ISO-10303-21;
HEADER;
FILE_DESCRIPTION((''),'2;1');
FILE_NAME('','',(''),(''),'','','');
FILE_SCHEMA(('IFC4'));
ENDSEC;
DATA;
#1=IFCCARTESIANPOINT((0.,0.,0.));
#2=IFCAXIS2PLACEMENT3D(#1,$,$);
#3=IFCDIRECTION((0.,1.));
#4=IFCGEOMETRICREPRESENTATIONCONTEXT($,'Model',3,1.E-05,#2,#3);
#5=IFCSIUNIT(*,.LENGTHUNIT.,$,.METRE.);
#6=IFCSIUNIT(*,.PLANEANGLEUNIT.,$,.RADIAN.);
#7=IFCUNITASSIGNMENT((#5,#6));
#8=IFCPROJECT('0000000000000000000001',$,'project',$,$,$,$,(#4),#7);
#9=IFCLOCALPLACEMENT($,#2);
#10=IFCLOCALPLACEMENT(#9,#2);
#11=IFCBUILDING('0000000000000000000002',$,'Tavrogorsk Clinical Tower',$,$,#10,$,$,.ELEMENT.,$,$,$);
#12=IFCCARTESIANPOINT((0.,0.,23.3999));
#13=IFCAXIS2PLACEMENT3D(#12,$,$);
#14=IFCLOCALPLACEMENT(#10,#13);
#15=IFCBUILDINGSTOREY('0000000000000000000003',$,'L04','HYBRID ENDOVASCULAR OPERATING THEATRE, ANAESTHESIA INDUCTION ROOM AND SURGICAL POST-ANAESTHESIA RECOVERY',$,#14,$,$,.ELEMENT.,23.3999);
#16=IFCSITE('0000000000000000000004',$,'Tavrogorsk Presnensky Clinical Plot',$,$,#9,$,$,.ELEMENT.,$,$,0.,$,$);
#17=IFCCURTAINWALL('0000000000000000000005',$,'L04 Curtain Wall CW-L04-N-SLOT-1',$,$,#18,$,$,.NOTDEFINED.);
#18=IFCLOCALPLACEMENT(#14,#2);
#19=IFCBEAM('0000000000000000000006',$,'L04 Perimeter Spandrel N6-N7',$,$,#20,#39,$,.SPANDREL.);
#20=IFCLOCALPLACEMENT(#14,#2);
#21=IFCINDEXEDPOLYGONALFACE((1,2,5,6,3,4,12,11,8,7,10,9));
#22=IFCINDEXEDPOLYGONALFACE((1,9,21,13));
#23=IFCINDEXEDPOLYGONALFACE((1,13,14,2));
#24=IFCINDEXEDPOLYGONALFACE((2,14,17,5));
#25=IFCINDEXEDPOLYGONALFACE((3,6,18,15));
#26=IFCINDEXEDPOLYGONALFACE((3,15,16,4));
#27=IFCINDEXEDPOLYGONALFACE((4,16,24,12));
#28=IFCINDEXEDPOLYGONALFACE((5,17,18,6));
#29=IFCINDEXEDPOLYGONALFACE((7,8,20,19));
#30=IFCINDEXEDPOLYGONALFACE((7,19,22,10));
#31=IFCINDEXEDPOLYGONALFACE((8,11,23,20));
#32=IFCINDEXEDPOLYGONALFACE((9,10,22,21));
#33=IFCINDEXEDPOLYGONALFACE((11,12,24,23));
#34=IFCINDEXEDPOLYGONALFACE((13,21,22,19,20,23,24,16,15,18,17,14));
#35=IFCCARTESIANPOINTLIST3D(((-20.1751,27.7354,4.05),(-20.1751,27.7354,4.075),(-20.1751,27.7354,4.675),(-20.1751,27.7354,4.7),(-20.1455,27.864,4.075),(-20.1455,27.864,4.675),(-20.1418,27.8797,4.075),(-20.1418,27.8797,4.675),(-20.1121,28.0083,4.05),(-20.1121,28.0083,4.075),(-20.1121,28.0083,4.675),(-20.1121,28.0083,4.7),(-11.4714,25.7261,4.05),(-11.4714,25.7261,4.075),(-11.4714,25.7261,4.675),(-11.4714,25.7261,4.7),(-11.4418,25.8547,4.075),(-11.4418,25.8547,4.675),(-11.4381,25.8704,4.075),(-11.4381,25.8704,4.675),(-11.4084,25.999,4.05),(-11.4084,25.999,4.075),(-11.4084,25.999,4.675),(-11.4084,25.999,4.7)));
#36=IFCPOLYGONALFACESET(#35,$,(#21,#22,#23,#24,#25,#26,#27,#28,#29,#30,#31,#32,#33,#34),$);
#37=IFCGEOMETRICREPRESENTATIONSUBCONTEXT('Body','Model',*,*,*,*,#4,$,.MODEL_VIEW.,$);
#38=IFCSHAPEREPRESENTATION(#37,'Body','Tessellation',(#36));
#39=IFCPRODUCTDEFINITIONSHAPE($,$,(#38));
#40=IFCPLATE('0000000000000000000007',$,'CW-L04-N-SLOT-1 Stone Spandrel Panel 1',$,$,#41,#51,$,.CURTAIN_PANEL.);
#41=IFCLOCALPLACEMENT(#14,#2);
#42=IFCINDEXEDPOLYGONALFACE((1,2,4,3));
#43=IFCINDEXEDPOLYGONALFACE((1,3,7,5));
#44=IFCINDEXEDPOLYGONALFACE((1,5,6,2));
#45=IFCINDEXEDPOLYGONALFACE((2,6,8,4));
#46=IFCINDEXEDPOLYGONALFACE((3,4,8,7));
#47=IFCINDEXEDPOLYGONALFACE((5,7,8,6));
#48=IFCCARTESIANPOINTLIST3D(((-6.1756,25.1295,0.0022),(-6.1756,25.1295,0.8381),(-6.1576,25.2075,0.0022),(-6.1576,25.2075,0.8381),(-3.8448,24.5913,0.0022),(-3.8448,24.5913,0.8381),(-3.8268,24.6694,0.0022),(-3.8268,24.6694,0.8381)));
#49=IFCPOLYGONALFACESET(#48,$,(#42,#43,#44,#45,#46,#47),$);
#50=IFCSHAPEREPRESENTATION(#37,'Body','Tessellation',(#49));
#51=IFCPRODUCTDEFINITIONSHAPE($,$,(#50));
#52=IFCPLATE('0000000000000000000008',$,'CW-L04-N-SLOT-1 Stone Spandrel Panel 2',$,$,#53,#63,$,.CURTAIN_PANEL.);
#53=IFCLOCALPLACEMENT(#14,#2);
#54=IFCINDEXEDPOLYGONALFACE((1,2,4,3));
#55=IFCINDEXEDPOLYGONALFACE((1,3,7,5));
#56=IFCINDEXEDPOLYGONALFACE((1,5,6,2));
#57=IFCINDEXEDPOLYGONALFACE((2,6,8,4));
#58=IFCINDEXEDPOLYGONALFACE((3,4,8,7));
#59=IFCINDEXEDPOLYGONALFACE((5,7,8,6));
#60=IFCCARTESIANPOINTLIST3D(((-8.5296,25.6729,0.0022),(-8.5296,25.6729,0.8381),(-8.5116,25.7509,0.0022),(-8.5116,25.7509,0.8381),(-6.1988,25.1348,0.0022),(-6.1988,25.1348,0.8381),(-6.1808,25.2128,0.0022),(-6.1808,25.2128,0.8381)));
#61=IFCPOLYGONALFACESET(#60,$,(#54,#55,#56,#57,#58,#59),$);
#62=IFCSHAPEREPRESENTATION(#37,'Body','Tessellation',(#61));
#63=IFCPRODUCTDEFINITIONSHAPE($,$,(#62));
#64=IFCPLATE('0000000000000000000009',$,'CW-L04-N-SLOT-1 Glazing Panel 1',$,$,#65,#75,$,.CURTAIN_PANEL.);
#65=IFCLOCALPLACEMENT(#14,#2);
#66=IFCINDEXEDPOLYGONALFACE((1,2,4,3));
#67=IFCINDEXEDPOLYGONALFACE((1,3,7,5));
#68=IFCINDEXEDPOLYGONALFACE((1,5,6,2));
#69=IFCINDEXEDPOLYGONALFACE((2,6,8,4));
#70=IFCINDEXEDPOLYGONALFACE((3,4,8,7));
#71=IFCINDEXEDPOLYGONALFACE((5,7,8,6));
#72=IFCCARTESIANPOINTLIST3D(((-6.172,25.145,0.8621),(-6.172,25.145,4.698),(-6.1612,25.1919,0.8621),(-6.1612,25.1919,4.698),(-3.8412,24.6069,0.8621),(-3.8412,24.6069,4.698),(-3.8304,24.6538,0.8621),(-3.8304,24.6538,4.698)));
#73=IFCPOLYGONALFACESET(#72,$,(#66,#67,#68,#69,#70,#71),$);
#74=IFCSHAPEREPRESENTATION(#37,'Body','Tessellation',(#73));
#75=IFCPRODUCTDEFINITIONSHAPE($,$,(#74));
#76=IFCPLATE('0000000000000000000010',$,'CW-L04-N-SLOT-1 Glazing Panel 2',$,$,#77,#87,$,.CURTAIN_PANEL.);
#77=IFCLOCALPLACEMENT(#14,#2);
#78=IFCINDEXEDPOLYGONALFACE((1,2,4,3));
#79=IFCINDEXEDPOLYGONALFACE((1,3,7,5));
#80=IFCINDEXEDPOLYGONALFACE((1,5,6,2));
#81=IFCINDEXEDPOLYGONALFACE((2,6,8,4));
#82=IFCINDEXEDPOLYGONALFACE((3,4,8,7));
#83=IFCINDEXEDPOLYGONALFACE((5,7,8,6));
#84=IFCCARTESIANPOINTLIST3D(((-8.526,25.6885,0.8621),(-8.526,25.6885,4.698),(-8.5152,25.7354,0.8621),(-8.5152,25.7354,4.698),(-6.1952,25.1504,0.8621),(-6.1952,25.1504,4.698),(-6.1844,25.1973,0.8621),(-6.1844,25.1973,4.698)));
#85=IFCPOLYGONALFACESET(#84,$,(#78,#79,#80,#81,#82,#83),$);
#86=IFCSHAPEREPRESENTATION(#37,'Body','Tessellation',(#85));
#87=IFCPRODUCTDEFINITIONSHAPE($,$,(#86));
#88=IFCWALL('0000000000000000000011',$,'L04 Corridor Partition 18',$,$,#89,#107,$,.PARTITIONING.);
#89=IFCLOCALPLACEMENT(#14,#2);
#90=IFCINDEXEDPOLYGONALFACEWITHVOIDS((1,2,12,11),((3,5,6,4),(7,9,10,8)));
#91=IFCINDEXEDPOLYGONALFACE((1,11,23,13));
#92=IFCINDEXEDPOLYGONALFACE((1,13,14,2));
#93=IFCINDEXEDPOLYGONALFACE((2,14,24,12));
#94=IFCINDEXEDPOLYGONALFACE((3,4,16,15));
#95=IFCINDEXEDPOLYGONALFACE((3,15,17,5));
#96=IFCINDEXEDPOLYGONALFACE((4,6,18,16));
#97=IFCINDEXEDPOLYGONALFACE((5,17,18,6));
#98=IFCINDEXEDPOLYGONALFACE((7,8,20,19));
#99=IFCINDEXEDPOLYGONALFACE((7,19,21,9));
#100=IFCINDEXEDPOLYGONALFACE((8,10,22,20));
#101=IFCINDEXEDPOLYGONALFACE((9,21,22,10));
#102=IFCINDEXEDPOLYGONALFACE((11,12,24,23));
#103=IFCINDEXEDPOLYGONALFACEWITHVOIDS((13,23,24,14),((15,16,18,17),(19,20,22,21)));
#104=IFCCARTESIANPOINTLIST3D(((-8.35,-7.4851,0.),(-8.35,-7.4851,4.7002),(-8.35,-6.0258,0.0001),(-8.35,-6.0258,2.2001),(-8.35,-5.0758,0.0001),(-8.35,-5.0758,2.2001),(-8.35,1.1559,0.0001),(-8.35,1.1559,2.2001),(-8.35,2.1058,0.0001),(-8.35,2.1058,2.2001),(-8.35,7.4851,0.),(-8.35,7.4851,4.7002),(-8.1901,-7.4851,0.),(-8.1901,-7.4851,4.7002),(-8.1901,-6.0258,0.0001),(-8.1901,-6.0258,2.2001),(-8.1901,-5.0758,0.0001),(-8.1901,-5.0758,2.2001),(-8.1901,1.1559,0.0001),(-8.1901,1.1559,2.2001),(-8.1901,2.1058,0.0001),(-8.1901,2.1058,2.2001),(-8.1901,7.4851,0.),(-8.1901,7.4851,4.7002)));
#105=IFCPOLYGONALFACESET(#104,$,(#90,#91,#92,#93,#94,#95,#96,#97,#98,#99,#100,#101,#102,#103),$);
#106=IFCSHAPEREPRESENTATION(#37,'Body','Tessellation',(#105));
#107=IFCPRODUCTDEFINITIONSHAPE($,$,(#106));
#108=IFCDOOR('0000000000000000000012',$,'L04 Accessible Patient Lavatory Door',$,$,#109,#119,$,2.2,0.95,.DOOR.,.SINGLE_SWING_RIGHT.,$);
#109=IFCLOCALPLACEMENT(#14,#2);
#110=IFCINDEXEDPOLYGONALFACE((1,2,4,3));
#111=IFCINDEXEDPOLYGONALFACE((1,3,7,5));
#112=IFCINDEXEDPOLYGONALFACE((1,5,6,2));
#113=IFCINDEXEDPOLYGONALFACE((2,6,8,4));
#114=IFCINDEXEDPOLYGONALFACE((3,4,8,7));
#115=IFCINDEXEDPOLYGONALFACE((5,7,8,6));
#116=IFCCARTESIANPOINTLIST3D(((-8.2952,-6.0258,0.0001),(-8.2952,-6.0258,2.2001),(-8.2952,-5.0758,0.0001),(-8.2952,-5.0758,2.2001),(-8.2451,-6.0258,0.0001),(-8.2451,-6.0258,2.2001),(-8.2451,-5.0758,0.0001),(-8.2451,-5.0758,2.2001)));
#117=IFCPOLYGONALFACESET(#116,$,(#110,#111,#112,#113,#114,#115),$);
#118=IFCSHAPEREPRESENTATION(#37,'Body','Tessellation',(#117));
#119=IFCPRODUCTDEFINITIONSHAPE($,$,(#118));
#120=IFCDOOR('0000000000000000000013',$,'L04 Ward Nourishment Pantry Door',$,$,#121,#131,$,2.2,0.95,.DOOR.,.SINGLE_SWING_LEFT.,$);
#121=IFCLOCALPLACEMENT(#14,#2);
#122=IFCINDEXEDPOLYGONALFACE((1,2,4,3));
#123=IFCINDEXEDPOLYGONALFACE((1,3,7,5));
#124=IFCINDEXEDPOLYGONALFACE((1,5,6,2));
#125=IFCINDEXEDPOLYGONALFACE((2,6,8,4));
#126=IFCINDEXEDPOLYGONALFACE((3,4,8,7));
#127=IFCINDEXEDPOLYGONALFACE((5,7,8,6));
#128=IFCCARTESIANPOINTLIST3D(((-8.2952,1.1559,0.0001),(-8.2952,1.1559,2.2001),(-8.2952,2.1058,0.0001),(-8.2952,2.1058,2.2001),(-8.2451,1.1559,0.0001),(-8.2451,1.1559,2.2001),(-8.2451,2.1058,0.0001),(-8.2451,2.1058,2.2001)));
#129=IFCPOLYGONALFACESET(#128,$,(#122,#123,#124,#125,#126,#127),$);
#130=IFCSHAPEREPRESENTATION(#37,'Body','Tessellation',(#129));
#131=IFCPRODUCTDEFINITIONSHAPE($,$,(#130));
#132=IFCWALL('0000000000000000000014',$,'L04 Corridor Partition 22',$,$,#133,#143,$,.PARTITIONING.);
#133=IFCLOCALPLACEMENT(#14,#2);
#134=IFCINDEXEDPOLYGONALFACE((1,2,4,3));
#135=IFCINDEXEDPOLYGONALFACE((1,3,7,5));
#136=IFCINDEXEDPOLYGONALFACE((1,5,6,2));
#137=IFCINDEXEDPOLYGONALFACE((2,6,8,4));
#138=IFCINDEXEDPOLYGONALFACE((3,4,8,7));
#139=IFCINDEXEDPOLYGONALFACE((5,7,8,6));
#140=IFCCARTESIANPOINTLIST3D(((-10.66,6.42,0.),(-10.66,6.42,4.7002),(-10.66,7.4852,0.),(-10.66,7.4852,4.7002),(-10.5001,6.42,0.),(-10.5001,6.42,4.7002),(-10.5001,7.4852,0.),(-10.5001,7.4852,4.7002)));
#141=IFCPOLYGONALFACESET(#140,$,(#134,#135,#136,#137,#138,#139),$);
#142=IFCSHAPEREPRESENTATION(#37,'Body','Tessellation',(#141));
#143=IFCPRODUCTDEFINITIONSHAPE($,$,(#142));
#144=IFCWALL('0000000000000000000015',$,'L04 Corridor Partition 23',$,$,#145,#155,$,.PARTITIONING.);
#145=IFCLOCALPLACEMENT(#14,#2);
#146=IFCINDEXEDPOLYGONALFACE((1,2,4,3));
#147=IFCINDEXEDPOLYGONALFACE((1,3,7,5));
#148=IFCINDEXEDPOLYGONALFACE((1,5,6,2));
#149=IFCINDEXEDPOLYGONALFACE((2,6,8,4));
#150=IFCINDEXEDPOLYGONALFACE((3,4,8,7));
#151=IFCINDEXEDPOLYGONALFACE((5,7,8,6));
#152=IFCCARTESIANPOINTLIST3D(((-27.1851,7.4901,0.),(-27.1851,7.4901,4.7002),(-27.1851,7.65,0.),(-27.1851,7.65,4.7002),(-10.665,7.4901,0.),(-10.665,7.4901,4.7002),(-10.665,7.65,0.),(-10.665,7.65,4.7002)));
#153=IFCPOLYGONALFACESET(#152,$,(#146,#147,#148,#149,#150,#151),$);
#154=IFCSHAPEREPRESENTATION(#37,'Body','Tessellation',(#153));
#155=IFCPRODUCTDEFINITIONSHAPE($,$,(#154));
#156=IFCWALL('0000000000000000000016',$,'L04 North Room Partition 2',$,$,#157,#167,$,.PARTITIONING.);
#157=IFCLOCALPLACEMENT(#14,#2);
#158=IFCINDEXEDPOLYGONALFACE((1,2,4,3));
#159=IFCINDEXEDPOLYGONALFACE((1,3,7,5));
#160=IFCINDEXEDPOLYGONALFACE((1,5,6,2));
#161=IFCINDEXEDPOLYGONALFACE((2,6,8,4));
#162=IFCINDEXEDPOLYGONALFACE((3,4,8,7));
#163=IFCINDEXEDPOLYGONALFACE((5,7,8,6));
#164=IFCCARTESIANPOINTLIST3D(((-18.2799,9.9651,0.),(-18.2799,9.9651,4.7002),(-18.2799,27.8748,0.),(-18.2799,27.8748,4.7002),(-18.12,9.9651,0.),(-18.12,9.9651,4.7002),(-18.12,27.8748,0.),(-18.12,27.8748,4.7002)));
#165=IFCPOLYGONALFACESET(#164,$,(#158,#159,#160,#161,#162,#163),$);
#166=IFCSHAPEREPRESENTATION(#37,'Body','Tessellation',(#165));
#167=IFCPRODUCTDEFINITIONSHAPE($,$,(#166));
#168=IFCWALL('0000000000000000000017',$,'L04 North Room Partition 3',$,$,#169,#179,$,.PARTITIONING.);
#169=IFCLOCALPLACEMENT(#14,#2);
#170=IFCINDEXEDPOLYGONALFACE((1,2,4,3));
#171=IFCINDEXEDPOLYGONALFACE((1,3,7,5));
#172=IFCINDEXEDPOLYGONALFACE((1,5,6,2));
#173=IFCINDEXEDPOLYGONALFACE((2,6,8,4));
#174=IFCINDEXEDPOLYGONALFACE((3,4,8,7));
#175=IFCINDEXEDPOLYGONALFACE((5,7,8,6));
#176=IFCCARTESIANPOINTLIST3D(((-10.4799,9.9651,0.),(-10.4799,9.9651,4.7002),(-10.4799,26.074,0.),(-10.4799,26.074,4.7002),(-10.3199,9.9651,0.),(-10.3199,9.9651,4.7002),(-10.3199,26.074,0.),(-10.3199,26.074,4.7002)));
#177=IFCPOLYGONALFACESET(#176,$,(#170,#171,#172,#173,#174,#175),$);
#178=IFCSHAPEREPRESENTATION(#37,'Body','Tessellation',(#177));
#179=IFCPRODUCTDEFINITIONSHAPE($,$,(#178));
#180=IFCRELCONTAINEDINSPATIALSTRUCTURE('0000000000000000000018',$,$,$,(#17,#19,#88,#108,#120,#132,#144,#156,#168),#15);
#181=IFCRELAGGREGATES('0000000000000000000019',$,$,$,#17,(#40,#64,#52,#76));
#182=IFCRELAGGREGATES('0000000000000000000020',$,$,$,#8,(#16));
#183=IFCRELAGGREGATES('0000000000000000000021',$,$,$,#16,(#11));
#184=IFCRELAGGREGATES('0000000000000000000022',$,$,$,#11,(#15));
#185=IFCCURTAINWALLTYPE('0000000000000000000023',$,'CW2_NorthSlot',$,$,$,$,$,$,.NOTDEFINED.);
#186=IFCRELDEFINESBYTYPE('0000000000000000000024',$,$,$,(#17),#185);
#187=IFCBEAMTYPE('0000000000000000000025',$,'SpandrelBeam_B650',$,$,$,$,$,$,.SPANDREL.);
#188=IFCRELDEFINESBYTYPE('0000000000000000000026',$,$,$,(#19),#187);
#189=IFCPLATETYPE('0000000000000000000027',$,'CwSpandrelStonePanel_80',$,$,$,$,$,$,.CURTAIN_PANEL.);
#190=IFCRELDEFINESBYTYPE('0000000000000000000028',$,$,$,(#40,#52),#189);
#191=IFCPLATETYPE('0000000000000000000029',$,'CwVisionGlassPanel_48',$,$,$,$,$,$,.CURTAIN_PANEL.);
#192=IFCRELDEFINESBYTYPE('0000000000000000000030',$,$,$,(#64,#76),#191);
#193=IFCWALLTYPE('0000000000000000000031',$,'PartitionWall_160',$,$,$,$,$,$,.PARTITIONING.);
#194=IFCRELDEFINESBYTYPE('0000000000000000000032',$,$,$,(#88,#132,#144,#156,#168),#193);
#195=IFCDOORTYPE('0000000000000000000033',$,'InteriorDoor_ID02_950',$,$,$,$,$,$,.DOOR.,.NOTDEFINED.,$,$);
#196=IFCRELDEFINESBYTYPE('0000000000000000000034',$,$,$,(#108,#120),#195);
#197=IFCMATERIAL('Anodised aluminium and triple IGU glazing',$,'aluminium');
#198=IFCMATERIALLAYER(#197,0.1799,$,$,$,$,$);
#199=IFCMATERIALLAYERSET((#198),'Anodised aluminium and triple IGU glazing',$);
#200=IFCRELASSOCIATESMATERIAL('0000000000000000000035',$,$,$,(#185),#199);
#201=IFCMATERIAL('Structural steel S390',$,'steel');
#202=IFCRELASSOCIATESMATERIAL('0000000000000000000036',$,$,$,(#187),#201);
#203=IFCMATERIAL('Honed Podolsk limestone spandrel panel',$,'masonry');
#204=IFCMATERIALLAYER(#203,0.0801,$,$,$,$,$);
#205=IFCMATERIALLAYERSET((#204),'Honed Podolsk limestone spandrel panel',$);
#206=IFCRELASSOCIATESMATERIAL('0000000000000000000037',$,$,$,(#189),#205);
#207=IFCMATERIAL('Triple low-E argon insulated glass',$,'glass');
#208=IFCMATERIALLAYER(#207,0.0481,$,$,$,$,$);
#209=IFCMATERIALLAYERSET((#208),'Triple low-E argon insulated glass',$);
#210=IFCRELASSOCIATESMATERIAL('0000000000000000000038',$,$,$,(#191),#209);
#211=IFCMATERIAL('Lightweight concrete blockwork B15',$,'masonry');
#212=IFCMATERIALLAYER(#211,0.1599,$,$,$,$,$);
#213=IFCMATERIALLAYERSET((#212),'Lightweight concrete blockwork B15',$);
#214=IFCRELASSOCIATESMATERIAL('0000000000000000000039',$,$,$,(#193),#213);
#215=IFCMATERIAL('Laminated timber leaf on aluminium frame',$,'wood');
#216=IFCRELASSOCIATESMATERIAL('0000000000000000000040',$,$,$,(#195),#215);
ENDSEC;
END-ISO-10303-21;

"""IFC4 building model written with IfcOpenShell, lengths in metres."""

from ifc_helpers import new_model, si_unit, direction, frame, frame_2d, origin, origin_2d, place, context, subcontext, project, spatial, rectangle, i_section, extrude, material, layer, layer_set, material_profile, profile_set, type_object, element, fill, aggregate, save


model = new_model("IFC4")

# Units and contexts
model_context = context("Model", 3, precision=1e-05, world=origin(), true_north=direction((0.0, 1.0)))
body_context = subcontext(model_context, "Body", "Model", "MODEL_VIEW")
ifc_project = project(units=[si_unit("LENGTHUNIT", "METRE"), si_unit("PLANEANGLEUNIT", "RADIAN")], contexts=[model_context])

# Site, building, storey
site_placement = place(None, origin())
site = spatial("IfcSite", under=ifc_project, at=site_placement, Name="Tavrogorsk Presnensky Clinical Plot", CompositionType="ELEMENT", RefElevation=0.0)
building_placement = place(site_placement, origin())
building = spatial("IfcBuilding", under=site, at=building_placement, Name="Tavrogorsk Clinical Tower", CompositionType="ELEMENT")
storey_placement = place(building_placement, frame((0.0, 0.0, 23.3999)))
storey = spatial("IfcBuildingStorey", under=building, at=storey_placement, Name="L04", Description="HYBRID ENDOVASCULAR OPERATING THEATRE, ANAESTHESIA INDUCTION ROOM AND SURGICAL POST-ANAESTHESIA RECOVERY", CompositionType="ELEMENT", Elevation=23.3999)

# Curtain wall
ifc_material_1 = material(Name="Anodised aluminium and triple IGU glazing", Category="aluminium")
ifc_layer_1 = layer(ifc_material_1, 0.1799)
ifc_layer_set_1 = layer_set([ifc_layer_1], Name="Anodised aluminium and triple IGU glazing")
curtain_wall_type = type_object("IfcCurtainWallType", Name="CW2_NorthSlot", PredefinedType="NOTDEFINED", material=ifc_layer_set_1)
curtain_wall_placement = place(storey_placement, origin())
curtain_wall = element("IfcCurtainWall", 1, at=curtain_wall_placement, inside=storey, type_object=curtain_wall_type, Name="L04 Curtain Wall CW-L04-N-SLOT-1", PredefinedType="NOTDEFINED")

# Beam
ifc_material_2 = material(Name="Structural steel S390", Category="steel")
ifc_material_profile_1 = material_profile(ifc_material_2, i_section(OverallWidth=0.28, OverallDepth=0.6499, WebThickness=0.0161, FlangeThickness=0.0249, at=origin_2d()), Name="B-650x280x16x25")
ifc_profile_set_1 = profile_set([ifc_material_profile_1], Name="Structural steel S390")
beam_type_1 = type_object("IfcBeamType", Name="SpandrelBeam_B650", PredefinedType="SPANDREL", material=ifc_profile_set_1)
beam_1_placement = place(storey_placement, frame((-11.4399, 25.8625, 4.375), z_axis=(-0.974373, 0.224939, 0.0), x_axis=(-0.224939, -0.974373, 0.0)))
element("IfcBeam", 2, at=beam_1_placement, inside=storey, type_object=beam_type_1, Name="L04 Perimeter Spandrel N6-N7", PredefinedType="SPANDREL", context=body_context, shape_type="SweptSolid", body=[
    extrude(i_section(OverallWidth=0.28, OverallDepth=0.6499, WebThickness=0.0161, FlangeThickness=0.0249, at=origin_2d()), origin(), (0.0, 0.0, 1.0), 8.9326),
])

# Plates
ifc_material_3 = material(Name="Honed Podolsk limestone spandrel panel", Category="masonry")
ifc_layer_2 = layer(ifc_material_3, 0.0801)
ifc_layer_set_2 = layer_set([ifc_layer_2], Name="Honed Podolsk limestone spandrel panel")
plate_type_1 = type_object("IfcPlateType", Name="CwSpandrelStonePanel_80", PredefinedType="CURTAIN_PANEL", material=ifc_layer_set_2)
plate_1_placement = place(storey_placement, frame((-5.0012, 24.8994, 0.0022), z_axis=(0.0, 0.0, 1.0), x_axis=(-0.97437, 0.224951, 0.0)))
plate_1 = element("IfcPlate", 3, at=plate_1_placement, type_object=plate_type_1, Name="CW-L04-N-SLOT-1 Stone Spandrel Panel 1", PredefinedType="CURTAIN_PANEL", context=body_context, shape_type="SweptSolid", body=[
    extrude(rectangle(XDim=2.3921, YDim=0.0801, at=origin_2d()), origin(), (0.0, 0.0, 1.0), 0.8359),
])
plate_2_placement = place(storey_placement, frame((-7.3552, 25.4429, 0.0022), z_axis=(0.0, 0.0, 1.0), x_axis=(-0.97437, 0.224951, 0.0)))
plate_2 = element("IfcPlate", 4, at=plate_2_placement, type_object=plate_type_1, Name="CW-L04-N-SLOT-1 Stone Spandrel Panel 2", PredefinedType="CURTAIN_PANEL", context=body_context, shape_type="SweptSolid", body=[
    extrude(rectangle(XDim=2.3921, YDim=0.0801, at=origin_2d()), origin(), (0.0, 0.0, 1.0), 0.8359),
])
ifc_material_4 = material(Name="Triple low-E argon insulated glass", Category="glass")
ifc_layer_3 = layer(ifc_material_4, 0.0481)
ifc_layer_set_3 = layer_set([ifc_layer_3], Name="Triple low-E argon insulated glass")
plate_type_2 = type_object("IfcPlateType", Name="CwVisionGlassPanel_48", PredefinedType="CURTAIN_PANEL", material=ifc_layer_set_3)
plate_3_placement = place(storey_placement, frame((-5.0012, 24.8994, 0.8621), z_axis=(0.0, 0.0, 1.0), x_axis=(-0.97437, 0.224951, 0.0)))
plate_3 = element("IfcPlate", 5, at=plate_3_placement, type_object=plate_type_2, Name="CW-L04-N-SLOT-1 Glazing Panel 1", PredefinedType="CURTAIN_PANEL", context=body_context, shape_type="SweptSolid", body=[
    extrude(rectangle(XDim=2.3921, YDim=0.0481, at=origin_2d()), origin(), (0.0, 0.0, 1.0), 3.8359),
])
plate_4_placement = place(storey_placement, frame((-7.3552, 25.4429, 0.8621), z_axis=(0.0, 0.0, 1.0), x_axis=(-0.97437, 0.224951, 0.0)))
plate_4 = element("IfcPlate", 6, at=plate_4_placement, type_object=plate_type_2, Name="CW-L04-N-SLOT-1 Glazing Panel 2", PredefinedType="CURTAIN_PANEL", context=body_context, shape_type="SweptSolid", body=[
    extrude(rectangle(XDim=2.3921, YDim=0.0481, at=origin_2d()), origin(), (0.0, 0.0, 1.0), 3.8359),
])
aggregate(curtain_wall, [plate_1, plate_3, plate_2, plate_4])

# Wall, openings, doors
ifc_material_5 = material(Name="Lightweight concrete blockwork B15", Category="masonry")
ifc_layer_4 = layer(ifc_material_5, 0.1599)
ifc_layer_set_4 = layer_set([ifc_layer_4], Name="Lightweight concrete blockwork B15")
wall_type_1 = type_object("IfcWallType", Name="PartitionWall_160", PredefinedType="PARTITIONING", material=ifc_layer_set_4)
wall_1_placement = place(storey_placement, frame((-8.27, 7.4851, 0.0), z_axis=(0.0, 0.0, 1.0), x_axis=(0.0, -1.0, 0.0)))
wall_1 = element("IfcWall", 7, at=wall_1_placement, inside=storey, type_object=wall_type_1, Name="L04 Corridor Partition 18", PredefinedType="PARTITIONING", context=body_context, shape_type="SweptSolid", body=[
    extrude(rectangle(XDim=14.9702, YDim=0.1599, at=frame_2d((7.4851, 0.0))), origin(), (0.0, 0.0, 1.0), 4.7002),
])
opening_1_placement = place(wall_1_placement, frame((12.5608, 0.0, 0.0)))
opening_1 = element("IfcOpeningElement", 8, at=opening_1_placement, cuts=wall_1, PredefinedType="OPENING", context=body_context, shape_type="SweptSolid", body=[
    extrude(rectangle(XDim=0.95, YDim=2.2, at=frame_2d((0.4751, 1.1001))), frame((0.0, 0.0898, 0.0), z_axis=(0.0, -1.0, 0.0), x_axis=(1.0, 0.0, 0.0)), (0.0, 0.0, 1.0), 0.1799),
])
opening_2_placement = place(wall_1_placement, frame((5.3792, 0.0, 0.0)))
opening_2 = element("IfcOpeningElement", 9, at=opening_2_placement, cuts=wall_1, PredefinedType="OPENING", context=body_context, shape_type="SweptSolid", body=[
    extrude(rectangle(XDim=0.95, YDim=2.2, at=frame_2d((0.4751, 1.1001))), frame((0.0, 0.0898, 0.0), z_axis=(0.0, -1.0, 0.0), x_axis=(1.0, 0.0, 0.0)), (0.0, 0.0, 1.0), 0.1799),
])
ifc_material_6 = material(Name="Laminated timber leaf on aluminium frame", Category="wood")
door_type = type_object("IfcDoorType", Name="InteriorDoor_ID02_950", OperationType="NOTDEFINED", PredefinedType="DOOR", material=ifc_material_6)
door_1_placement = place(opening_1_placement, origin())
door_1 = element("IfcDoor", 10, at=door_1_placement, inside=storey, type_object=door_type, Name="L04 Accessible Patient Lavatory Door", OperationType="SINGLE_SWING_RIGHT", OverallHeight=2.2, OverallWidth=0.95, PredefinedType="DOOR", context=body_context, shape_type="SweptSolid", body=[
    extrude(rectangle(XDim=0.95, YDim=2.2, at=frame_2d((0.4751, 1.1001))), frame((0.0, 0.0249, 0.0), z_axis=(0.0, -1.0, 0.0), x_axis=(1.0, 0.0, 0.0)), (0.0, 0.0, 1.0), 0.05),
])
fill(opening_1, door_1)
door_2_placement = place(opening_2_placement, origin())
door_2 = element("IfcDoor", 11, at=door_2_placement, inside=storey, type_object=door_type, Name="L04 Ward Nourishment Pantry Door", OperationType="SINGLE_SWING_LEFT", OverallHeight=2.2, OverallWidth=0.95, PredefinedType="DOOR", context=body_context, shape_type="SweptSolid", body=[
    extrude(rectangle(XDim=0.95, YDim=2.2, at=frame_2d((0.4751, 1.1001))), frame((0.0, 0.0249, 0.0), z_axis=(0.0, -1.0, 0.0), x_axis=(1.0, 0.0, 0.0)), (0.0, 0.0, 1.0), 0.05),
])
fill(opening_2, door_2)

# Walls
wall_2_placement = place(storey_placement, frame((-10.5801, 6.4199, 0.0), z_axis=(0.0, 0.0, 1.0), x_axis=(0.0, 1.0, 0.0)))
element("IfcWall", 12, at=wall_2_placement, inside=storey, type_object=wall_type_1, Name="L04 Corridor Partition 22", PredefinedType="PARTITIONING", context=body_context, shape_type="SweptSolid", body=[
    extrude(rectangle(XDim=1.0652, YDim=0.1599, at=frame_2d((0.5327, 0.0))), origin(), (0.0, 0.0, 1.0), 4.7002),
])
wall_3_placement = place(storey_placement, frame((-10.665, 7.5701, 0.0), z_axis=(0.0, 0.0, 1.0), x_axis=(-1.0, 0.0, 0.0)))
element("IfcWall", 13, at=wall_3_placement, inside=storey, type_object=wall_type_1, Name="L04 Corridor Partition 23", PredefinedType="PARTITIONING", context=body_context, shape_type="SweptSolid", body=[
    extrude(rectangle(XDim=16.52, YDim=0.1599, at=frame_2d((8.26, 0.0))), origin(), (0.0, 0.0, 1.0), 4.7002),
])
wall_4_placement = place(storey_placement, frame((-18.2, 9.9651, 0.0), z_axis=(0.0, 0.0, 1.0), x_axis=(0.0, 1.0, 0.0)))
element("IfcWall", 14, at=wall_4_placement, inside=storey, type_object=wall_type_1, Name="L04 North Room Partition 2", PredefinedType="PARTITIONING", context=body_context, shape_type="SweptSolid", body=[
    extrude(rectangle(XDim=17.9097, YDim=0.1599, at=frame_2d((8.9548, 0.0))), origin(), (0.0, 0.0, 1.0), 4.7002),
])
wall_5_placement = place(storey_placement, frame((-10.3999, 9.9651, 0.0), z_axis=(0.0, 0.0, 1.0), x_axis=(0.0, 1.0, 0.0)))
element("IfcWall", 15, at=wall_5_placement, inside=storey, type_object=wall_type_1, Name="L04 North Room Partition 3", PredefinedType="PARTITIONING", context=body_context, shape_type="SweptSolid", body=[
    extrude(rectangle(XDim=16.1089, YDim=0.1599, at=frame_2d((8.0544, 0.0))), origin(), (0.0, 0.0, 1.0), 4.7002),
])

save(model, "model.ifc")
